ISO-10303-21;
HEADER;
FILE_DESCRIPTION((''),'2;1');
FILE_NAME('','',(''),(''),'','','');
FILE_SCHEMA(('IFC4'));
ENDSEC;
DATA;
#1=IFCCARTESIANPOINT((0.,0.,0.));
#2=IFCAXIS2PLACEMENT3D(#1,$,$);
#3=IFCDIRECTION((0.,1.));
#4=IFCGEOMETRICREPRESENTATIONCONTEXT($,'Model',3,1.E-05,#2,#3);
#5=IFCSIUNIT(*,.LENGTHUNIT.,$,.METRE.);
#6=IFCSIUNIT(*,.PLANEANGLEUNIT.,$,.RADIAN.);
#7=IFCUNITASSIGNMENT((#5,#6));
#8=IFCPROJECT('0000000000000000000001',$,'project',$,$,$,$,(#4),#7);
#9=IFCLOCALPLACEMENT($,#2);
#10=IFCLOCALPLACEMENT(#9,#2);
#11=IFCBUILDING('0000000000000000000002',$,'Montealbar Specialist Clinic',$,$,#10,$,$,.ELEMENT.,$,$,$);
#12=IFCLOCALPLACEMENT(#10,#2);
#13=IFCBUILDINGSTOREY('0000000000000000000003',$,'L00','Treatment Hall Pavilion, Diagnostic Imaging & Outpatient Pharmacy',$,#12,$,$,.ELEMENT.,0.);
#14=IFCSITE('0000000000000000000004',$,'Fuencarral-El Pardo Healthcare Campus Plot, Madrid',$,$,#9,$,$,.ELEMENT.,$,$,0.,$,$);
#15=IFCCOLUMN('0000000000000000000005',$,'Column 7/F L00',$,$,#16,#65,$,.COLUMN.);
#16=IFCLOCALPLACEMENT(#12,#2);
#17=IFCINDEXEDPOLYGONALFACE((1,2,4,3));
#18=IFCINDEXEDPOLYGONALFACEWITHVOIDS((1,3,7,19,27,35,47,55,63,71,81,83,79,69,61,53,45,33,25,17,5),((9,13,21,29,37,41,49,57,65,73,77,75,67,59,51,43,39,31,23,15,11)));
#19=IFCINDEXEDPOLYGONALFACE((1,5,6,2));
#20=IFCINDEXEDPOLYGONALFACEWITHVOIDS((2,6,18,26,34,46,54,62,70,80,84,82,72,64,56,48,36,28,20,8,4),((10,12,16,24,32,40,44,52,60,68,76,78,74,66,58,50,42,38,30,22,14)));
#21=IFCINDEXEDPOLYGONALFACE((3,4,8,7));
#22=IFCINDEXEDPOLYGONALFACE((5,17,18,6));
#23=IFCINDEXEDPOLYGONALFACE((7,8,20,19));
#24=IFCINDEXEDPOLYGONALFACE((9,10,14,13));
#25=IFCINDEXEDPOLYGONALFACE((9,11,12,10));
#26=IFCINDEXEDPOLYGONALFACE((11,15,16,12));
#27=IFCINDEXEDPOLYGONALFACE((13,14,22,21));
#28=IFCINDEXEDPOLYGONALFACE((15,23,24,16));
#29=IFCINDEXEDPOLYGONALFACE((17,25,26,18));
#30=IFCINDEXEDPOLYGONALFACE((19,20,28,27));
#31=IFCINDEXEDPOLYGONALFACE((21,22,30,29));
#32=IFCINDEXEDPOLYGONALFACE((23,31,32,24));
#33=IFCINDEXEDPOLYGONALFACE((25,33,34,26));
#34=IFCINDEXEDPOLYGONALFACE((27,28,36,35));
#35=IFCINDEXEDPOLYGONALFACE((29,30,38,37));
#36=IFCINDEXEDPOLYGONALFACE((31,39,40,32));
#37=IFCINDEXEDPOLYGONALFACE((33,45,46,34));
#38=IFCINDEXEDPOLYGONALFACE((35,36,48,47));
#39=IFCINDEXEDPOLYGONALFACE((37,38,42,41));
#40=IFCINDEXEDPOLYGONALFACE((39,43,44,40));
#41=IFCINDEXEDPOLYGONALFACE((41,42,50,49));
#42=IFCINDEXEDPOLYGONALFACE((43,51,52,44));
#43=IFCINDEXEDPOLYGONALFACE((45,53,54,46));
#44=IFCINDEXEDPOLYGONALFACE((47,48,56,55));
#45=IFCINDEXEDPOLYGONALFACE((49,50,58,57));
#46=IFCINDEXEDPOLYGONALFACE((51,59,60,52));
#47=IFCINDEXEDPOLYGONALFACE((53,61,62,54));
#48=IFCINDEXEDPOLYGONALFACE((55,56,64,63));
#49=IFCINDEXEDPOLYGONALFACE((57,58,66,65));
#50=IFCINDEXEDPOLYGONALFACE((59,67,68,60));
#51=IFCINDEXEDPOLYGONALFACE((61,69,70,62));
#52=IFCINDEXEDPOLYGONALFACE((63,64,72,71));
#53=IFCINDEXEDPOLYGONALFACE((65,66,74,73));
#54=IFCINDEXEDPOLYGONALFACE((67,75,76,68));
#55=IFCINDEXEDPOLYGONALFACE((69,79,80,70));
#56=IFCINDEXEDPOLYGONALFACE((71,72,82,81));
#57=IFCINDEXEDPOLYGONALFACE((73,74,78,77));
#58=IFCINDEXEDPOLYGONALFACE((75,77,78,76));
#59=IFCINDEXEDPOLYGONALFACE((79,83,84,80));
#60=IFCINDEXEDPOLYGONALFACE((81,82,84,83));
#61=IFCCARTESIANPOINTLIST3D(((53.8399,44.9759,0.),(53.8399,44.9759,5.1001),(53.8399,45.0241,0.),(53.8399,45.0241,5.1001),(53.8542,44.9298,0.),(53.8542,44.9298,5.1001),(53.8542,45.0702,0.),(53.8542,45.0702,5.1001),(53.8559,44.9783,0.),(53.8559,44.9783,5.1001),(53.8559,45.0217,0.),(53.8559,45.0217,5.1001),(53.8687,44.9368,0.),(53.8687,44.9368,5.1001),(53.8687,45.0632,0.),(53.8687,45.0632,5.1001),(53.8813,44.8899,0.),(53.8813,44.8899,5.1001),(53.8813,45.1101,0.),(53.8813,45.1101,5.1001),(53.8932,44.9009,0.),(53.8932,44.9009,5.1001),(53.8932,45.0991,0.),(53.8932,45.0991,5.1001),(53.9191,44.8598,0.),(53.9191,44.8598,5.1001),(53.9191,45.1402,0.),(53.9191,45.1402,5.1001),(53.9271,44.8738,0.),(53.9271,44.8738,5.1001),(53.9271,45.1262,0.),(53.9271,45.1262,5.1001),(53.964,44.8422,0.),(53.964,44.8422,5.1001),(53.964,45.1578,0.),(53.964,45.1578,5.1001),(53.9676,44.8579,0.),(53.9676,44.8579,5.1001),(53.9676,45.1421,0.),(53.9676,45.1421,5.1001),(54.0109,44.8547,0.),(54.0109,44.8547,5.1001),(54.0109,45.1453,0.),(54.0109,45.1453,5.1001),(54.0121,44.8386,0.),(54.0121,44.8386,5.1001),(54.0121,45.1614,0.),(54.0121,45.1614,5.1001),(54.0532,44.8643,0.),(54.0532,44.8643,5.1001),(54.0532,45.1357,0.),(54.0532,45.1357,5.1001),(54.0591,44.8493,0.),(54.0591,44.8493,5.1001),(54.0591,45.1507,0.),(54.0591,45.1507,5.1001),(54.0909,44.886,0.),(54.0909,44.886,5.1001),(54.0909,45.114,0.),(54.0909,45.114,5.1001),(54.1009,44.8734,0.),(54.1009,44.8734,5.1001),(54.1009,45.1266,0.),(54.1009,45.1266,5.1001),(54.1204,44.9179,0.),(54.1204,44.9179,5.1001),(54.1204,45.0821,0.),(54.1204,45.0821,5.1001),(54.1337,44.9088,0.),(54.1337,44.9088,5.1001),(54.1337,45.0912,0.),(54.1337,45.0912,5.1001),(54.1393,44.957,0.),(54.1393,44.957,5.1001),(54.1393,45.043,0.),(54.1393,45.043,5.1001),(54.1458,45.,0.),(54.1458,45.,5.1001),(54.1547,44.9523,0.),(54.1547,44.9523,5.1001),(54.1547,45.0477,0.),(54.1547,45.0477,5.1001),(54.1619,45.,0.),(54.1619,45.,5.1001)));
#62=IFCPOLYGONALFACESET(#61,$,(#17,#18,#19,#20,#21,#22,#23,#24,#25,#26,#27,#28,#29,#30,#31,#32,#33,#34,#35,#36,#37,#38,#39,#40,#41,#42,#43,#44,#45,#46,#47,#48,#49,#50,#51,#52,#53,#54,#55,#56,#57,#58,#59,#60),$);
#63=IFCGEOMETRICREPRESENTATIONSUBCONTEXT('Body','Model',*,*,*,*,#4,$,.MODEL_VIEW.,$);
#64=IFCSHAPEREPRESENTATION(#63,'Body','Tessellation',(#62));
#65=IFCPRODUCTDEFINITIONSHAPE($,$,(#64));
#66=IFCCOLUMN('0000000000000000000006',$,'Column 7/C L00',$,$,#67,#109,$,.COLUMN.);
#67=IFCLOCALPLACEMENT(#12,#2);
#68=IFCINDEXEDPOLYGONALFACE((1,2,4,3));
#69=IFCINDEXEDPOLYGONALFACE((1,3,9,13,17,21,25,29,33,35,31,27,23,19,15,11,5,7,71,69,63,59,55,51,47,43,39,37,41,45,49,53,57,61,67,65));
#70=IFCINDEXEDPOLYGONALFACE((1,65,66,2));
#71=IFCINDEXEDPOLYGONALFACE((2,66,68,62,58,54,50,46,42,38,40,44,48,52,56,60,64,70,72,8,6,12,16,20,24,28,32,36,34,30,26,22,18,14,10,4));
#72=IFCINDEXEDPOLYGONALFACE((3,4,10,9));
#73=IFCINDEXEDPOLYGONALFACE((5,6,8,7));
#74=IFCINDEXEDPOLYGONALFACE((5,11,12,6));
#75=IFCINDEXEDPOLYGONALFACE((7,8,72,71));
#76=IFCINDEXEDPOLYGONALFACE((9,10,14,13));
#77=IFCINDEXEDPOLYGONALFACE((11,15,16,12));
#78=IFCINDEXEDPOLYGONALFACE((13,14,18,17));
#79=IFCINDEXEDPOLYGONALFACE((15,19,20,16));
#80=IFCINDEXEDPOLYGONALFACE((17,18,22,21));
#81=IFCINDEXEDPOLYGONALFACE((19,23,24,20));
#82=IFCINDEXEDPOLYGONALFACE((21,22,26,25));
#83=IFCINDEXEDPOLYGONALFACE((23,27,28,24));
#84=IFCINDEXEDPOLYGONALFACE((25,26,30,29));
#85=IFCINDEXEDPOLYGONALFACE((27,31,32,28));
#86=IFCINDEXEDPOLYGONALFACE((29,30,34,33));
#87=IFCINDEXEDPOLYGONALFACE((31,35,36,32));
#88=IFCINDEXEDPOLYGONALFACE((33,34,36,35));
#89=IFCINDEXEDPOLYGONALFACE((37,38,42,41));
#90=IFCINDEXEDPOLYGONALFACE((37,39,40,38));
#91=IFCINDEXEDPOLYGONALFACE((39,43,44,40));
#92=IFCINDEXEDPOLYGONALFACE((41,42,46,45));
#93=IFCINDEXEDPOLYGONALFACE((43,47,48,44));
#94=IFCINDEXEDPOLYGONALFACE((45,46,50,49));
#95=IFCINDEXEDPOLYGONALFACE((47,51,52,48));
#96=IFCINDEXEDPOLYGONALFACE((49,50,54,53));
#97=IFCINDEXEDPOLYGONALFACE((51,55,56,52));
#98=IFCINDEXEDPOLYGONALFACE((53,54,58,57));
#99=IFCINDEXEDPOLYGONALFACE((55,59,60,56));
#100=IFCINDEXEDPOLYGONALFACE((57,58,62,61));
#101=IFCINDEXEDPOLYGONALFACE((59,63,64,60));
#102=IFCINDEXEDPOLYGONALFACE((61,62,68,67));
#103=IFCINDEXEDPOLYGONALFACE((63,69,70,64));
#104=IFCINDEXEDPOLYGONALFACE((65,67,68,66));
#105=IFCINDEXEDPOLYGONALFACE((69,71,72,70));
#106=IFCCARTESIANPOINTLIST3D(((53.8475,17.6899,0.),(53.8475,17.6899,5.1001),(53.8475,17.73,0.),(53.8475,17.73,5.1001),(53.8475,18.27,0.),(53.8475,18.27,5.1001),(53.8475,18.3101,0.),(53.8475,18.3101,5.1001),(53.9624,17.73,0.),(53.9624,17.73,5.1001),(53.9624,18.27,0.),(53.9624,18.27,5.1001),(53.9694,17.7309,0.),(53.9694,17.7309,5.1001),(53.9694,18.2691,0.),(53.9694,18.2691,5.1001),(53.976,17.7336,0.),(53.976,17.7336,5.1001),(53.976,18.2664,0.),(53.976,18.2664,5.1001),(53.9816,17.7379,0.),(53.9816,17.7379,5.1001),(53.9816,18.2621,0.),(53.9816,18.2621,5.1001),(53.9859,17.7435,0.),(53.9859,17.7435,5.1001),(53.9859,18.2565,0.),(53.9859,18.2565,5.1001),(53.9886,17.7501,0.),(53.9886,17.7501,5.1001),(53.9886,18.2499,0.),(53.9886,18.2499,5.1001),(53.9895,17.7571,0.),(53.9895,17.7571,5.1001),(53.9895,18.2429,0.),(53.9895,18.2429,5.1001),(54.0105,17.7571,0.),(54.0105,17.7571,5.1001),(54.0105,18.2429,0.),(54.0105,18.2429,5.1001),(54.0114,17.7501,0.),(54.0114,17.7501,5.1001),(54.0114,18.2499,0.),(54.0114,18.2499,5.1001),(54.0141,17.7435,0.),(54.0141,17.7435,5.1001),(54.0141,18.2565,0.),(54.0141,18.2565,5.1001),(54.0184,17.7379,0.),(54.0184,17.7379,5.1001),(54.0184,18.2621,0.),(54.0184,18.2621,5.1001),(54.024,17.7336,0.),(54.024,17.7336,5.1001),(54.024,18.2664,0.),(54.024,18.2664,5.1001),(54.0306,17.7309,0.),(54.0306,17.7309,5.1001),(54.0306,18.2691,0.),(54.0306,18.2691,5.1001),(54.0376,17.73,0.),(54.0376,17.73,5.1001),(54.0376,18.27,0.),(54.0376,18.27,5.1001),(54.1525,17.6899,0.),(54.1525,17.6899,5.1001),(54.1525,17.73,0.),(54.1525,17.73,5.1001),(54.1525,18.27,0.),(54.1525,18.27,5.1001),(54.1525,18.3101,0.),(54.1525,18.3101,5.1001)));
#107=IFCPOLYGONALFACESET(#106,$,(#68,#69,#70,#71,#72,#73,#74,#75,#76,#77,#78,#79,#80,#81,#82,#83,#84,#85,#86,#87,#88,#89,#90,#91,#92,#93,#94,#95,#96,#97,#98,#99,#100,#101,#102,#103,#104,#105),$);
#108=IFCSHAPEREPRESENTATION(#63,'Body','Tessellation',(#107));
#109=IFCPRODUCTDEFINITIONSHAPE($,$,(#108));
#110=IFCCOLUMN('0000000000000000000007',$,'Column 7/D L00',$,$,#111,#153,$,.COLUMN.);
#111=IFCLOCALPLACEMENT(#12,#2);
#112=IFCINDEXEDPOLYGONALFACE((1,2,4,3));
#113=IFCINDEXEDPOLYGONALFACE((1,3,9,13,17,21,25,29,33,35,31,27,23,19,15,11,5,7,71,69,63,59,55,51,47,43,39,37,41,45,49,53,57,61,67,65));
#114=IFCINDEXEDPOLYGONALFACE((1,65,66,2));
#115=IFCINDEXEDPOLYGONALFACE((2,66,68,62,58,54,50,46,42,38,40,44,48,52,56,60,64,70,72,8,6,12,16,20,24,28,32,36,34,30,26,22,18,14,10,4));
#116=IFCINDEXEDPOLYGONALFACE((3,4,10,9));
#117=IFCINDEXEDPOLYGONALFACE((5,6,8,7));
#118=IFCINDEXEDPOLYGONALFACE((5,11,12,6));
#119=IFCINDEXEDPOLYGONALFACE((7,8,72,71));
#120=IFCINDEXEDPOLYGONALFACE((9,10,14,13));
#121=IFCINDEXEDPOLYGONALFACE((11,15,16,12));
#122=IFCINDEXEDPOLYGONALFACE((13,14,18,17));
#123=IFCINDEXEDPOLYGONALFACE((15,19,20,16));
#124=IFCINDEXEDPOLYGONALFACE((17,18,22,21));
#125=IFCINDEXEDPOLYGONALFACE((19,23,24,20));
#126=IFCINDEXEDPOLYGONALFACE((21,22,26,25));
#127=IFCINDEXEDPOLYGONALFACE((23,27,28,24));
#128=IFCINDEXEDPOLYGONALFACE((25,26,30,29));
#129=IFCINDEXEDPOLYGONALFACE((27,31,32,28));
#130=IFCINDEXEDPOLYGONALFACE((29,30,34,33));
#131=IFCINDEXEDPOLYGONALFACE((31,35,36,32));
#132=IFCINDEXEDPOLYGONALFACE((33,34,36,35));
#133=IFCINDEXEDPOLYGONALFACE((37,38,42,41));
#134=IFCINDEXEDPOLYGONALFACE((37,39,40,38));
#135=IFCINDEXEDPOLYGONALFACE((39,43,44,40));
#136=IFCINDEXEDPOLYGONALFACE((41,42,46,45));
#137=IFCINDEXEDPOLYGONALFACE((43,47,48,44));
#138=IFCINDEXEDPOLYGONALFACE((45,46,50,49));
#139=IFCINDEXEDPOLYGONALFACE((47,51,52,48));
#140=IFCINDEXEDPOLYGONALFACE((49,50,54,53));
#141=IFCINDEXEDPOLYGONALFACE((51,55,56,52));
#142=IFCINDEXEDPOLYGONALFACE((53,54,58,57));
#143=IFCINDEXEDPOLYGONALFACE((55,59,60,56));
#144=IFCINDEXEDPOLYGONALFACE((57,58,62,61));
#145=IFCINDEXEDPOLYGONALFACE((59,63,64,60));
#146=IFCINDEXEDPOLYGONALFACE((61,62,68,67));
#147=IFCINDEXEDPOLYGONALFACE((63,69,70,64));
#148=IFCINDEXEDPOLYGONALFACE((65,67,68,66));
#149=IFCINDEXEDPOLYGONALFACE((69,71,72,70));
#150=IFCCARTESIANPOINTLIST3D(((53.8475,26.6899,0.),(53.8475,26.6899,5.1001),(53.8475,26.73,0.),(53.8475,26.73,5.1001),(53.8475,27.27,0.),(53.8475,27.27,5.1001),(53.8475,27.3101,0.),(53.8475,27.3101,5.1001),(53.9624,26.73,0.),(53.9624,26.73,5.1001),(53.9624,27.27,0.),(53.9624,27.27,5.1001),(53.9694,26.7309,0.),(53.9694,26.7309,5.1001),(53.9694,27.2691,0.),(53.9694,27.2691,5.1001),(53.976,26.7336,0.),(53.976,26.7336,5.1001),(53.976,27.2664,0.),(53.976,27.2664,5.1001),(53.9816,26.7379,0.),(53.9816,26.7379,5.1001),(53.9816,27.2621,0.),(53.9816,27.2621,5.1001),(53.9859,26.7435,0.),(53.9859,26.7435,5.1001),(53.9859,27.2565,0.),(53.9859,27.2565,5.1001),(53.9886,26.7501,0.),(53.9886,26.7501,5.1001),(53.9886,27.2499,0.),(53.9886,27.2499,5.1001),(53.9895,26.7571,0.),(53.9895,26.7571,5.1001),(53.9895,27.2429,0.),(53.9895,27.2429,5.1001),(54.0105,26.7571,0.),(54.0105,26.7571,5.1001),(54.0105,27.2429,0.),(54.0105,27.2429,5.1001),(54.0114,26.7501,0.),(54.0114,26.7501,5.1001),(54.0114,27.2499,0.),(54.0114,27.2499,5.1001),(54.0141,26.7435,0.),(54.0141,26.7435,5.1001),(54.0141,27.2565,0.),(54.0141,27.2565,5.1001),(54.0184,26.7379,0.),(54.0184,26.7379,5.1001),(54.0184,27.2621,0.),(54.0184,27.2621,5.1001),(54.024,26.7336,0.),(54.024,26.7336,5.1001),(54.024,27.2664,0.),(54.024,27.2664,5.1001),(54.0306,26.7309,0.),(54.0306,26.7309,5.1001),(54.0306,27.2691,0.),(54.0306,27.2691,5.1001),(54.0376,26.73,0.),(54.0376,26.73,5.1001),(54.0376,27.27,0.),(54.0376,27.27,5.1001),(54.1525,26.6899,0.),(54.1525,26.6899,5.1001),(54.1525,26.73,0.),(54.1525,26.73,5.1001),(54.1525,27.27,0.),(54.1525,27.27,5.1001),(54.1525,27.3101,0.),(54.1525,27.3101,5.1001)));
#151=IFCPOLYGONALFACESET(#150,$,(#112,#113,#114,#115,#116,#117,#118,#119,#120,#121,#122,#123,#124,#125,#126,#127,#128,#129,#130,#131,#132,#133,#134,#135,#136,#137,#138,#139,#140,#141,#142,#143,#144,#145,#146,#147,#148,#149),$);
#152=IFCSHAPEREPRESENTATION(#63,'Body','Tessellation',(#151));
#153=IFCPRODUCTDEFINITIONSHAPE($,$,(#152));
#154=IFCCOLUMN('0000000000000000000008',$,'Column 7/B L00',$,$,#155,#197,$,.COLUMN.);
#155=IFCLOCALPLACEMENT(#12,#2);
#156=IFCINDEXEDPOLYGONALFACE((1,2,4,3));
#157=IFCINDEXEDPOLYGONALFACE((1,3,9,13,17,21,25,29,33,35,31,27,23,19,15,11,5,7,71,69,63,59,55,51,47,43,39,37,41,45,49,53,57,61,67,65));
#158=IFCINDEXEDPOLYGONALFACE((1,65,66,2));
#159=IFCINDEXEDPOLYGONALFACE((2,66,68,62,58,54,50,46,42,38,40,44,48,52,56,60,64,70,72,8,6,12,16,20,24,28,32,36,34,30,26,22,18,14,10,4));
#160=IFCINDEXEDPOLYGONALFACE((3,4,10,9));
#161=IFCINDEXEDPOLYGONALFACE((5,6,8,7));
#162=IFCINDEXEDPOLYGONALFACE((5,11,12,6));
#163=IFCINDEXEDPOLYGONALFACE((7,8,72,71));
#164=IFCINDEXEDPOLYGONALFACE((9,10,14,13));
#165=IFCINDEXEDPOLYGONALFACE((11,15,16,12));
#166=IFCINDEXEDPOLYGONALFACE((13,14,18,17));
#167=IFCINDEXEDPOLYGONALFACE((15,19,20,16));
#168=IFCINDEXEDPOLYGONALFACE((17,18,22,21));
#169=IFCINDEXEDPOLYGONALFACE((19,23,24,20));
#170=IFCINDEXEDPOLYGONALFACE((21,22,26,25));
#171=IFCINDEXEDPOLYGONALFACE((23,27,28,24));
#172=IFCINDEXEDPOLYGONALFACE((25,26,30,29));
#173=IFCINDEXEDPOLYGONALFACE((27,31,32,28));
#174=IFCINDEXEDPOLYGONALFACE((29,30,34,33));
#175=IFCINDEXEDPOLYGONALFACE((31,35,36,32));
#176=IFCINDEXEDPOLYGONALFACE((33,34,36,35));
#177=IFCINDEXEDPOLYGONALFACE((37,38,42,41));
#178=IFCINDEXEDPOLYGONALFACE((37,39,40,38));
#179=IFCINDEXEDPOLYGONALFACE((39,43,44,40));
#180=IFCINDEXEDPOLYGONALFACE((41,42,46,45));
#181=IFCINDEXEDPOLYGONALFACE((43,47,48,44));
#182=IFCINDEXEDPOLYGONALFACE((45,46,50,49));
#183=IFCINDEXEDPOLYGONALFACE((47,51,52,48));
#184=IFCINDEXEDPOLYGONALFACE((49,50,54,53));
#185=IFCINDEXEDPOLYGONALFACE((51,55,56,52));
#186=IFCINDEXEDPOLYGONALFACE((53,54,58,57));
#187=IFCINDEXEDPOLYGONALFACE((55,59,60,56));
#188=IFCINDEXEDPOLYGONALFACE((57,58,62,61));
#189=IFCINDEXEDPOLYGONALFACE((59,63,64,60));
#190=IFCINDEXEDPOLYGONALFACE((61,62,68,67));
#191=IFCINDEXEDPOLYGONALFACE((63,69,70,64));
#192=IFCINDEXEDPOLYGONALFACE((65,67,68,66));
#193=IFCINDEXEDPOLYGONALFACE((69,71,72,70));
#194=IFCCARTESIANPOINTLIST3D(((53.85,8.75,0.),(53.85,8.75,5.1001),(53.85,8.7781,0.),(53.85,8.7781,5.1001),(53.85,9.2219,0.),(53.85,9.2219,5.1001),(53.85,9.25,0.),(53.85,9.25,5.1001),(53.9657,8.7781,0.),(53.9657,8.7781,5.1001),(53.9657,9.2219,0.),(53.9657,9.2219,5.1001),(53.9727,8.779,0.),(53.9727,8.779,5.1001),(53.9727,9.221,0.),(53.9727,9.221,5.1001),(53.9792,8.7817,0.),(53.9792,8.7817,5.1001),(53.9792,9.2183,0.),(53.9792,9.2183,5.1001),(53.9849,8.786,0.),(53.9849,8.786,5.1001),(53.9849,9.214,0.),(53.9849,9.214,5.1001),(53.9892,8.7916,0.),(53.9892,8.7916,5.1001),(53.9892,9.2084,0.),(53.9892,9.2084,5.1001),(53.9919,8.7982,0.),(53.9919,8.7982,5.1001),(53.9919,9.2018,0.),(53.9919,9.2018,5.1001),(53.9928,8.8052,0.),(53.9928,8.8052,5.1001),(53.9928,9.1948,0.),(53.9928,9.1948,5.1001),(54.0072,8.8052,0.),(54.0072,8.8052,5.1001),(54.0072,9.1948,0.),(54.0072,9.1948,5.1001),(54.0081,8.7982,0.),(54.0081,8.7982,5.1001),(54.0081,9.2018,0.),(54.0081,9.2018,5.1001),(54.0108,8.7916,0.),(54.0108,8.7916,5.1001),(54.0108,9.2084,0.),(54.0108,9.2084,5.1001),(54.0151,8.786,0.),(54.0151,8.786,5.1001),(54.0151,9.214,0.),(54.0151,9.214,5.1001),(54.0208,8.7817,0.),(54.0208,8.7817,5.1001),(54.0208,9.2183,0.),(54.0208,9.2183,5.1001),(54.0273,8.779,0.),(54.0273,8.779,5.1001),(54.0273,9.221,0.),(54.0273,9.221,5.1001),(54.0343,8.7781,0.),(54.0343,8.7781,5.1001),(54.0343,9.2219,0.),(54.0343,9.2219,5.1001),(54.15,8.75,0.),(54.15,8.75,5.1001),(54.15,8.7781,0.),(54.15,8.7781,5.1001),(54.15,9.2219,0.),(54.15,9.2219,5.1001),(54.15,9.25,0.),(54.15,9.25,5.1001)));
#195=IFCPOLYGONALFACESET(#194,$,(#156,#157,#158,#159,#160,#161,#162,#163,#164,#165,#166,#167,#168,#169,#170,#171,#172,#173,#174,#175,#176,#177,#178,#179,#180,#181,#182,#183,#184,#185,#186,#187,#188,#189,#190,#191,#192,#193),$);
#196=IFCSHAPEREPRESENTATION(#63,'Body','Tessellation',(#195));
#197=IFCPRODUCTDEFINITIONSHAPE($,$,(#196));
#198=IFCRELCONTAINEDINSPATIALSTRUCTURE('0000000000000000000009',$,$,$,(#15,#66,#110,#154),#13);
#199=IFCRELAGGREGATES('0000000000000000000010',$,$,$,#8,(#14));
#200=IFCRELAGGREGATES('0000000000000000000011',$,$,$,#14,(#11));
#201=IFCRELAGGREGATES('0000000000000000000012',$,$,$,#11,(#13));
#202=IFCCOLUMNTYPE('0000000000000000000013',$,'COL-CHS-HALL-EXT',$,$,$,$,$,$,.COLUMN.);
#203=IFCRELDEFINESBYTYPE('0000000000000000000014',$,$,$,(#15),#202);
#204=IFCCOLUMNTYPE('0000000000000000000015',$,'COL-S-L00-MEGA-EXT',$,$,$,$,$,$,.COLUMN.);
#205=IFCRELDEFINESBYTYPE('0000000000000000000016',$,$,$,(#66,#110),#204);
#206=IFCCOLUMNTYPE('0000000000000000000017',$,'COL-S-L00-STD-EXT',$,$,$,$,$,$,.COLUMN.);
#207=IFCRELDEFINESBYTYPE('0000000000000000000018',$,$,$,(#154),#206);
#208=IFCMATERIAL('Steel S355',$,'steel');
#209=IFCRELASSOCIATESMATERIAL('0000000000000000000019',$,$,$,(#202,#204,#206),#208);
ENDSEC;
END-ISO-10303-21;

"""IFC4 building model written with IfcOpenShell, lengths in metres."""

from ifc_helpers import new_model, si_unit, direction, frame, origin, origin_2d, place, context, subcontext, project, spatial, hollow_circle, i_section, extrude, material, material_profile, profile_set, type_object, element, save


model = new_model("IFC4")

# Units and contexts
model_context = context("Model", 3, precision=1e-05, world=origin(), true_north=direction((0.0, 1.0)))
body_context = subcontext(model_context, "Body", "Model", "MODEL_VIEW")
ifc_project = project(units=[si_unit("LENGTHUNIT", "METRE"), si_unit("PLANEANGLEUNIT", "RADIAN")], contexts=[model_context])

# Site, building, storey
site_placement = place(None, origin())
site = spatial("IfcSite", under=ifc_project, at=site_placement, Name="Fuencarral-El Pardo Healthcare Campus Plot, Madrid", CompositionType="ELEMENT", RefElevation=0.0)
building_placement = place(site_placement, origin())
building = spatial("IfcBuilding", under=site, at=building_placement, Name="Montealbar Specialist Clinic", CompositionType="ELEMENT")
storey_placement = place(building_placement, origin())
storey = spatial("IfcBuildingStorey", under=building, at=storey_placement, Name="L00", Description="Treatment Hall Pavilion, Diagnostic Imaging & Outpatient Pharmacy", CompositionType="ELEMENT", Elevation=0.0)

# Columns
ifc_material_1 = material(Name="Steel S355", Category="steel")
ifc_material_profile_1 = material_profile(ifc_material_1, hollow_circle(Radius=0.1619, WallThickness=0.0161, at=origin_2d()), Name="CHS 323.9x16.0", Category="steel")
ifc_profile_set_1 = profile_set([ifc_material_profile_1], Name="Steel S355")
column_type_1 = type_object("IfcColumnType", Name="COL-CHS-HALL-EXT", PredefinedType="COLUMN", material=ifc_profile_set_1)
column_placement = place(storey_placement, frame((54.0, 45.0, 0.0), z_axis=(0.0, 0.0, 1.0), x_axis=(1.0, 0.0, 0.0)))
element("IfcColumn", 1, at=column_placement, inside=storey, type_object=column_type_1, Name="Column 7/F L00", PredefinedType="COLUMN", context=body_context, shape_type="SweptSolid", body=[
    extrude(hollow_circle(Radius=0.1619, WallThickness=0.0161, at=origin_2d()), origin(), (0.0, 0.0, 1.0), 5.1001),
])
ifc_material_profile_2 = material_profile(ifc_material_1, i_section(OverallWidth=0.3049, OverallDepth=0.6201, WebThickness=0.021, FlangeThickness=0.04, FilletRadius=0.0271, at=origin_2d()), Name="HEM 600", Category="steel")
ifc_profile_set_2 = profile_set([ifc_material_profile_2], Name="Steel S355")
column_type_2 = type_object("IfcColumnType", Name="COL-S-L00-MEGA-EXT", PredefinedType="COLUMN", material=ifc_profile_set_2)
for number, where, z_axis, x_axis, name in (
    (2, (54.0, 18.0, 0.0), (0.0, 0.0, 1.0), (1.0, 0.0, 0.0), "Column 7/C L00"),
    (3, (54.0, 27.0, 0.0), (0.0, 0.0, 1.0), (1.0, 0.0, 0.0), "Column 7/D L00"),
):
    element("IfcColumn", number, at=place(storey_placement, frame(where, z_axis=z_axis, x_axis=x_axis)), inside=storey, type_object=column_type_2, Name=name, PredefinedType="COLUMN", context=body_context, shape_type="SweptSolid", body=[
        extrude(i_section(OverallWidth=0.3049, OverallDepth=0.6201, WebThickness=0.021, FlangeThickness=0.04, FilletRadius=0.0271, at=origin_2d()), origin(), (0.0, 0.0, 1.0), 5.1001),
    ])
ifc_material_profile_3 = material_profile(ifc_material_1, i_section(OverallWidth=0.3, OverallDepth=0.5, WebThickness=0.0144, FlangeThickness=0.0281, FilletRadius=0.0271, at=origin_2d()), Name="HEB 500", Category="steel")
ifc_profile_set_3 = profile_set([ifc_material_profile_3], Name="Steel S355")
column_type_3 = type_object("IfcColumnType", Name="COL-S-L00-STD-EXT", PredefinedType="COLUMN", material=ifc_profile_set_3)
for number, where, z_axis, x_axis, name in (
    (4, (54.0, 9.0, 0.0), (0.0, 0.0, 1.0), (1.0, 0.0, 0.0), "Column 7/B L00"),
):
    element("IfcColumn", number, at=place(storey_placement, frame(where, z_axis=z_axis, x_axis=x_axis)), inside=storey, type_object=column_type_3, Name=name, PredefinedType="COLUMN", context=body_context, shape_type="SweptSolid", body=[
        extrude(i_section(OverallWidth=0.3, OverallDepth=0.5, WebThickness=0.0144, FlangeThickness=0.0281, FilletRadius=0.0271, at=origin_2d()), origin(), (0.0, 0.0, 1.0), 5.1001),
    ])

save(model, "model.ifc")
